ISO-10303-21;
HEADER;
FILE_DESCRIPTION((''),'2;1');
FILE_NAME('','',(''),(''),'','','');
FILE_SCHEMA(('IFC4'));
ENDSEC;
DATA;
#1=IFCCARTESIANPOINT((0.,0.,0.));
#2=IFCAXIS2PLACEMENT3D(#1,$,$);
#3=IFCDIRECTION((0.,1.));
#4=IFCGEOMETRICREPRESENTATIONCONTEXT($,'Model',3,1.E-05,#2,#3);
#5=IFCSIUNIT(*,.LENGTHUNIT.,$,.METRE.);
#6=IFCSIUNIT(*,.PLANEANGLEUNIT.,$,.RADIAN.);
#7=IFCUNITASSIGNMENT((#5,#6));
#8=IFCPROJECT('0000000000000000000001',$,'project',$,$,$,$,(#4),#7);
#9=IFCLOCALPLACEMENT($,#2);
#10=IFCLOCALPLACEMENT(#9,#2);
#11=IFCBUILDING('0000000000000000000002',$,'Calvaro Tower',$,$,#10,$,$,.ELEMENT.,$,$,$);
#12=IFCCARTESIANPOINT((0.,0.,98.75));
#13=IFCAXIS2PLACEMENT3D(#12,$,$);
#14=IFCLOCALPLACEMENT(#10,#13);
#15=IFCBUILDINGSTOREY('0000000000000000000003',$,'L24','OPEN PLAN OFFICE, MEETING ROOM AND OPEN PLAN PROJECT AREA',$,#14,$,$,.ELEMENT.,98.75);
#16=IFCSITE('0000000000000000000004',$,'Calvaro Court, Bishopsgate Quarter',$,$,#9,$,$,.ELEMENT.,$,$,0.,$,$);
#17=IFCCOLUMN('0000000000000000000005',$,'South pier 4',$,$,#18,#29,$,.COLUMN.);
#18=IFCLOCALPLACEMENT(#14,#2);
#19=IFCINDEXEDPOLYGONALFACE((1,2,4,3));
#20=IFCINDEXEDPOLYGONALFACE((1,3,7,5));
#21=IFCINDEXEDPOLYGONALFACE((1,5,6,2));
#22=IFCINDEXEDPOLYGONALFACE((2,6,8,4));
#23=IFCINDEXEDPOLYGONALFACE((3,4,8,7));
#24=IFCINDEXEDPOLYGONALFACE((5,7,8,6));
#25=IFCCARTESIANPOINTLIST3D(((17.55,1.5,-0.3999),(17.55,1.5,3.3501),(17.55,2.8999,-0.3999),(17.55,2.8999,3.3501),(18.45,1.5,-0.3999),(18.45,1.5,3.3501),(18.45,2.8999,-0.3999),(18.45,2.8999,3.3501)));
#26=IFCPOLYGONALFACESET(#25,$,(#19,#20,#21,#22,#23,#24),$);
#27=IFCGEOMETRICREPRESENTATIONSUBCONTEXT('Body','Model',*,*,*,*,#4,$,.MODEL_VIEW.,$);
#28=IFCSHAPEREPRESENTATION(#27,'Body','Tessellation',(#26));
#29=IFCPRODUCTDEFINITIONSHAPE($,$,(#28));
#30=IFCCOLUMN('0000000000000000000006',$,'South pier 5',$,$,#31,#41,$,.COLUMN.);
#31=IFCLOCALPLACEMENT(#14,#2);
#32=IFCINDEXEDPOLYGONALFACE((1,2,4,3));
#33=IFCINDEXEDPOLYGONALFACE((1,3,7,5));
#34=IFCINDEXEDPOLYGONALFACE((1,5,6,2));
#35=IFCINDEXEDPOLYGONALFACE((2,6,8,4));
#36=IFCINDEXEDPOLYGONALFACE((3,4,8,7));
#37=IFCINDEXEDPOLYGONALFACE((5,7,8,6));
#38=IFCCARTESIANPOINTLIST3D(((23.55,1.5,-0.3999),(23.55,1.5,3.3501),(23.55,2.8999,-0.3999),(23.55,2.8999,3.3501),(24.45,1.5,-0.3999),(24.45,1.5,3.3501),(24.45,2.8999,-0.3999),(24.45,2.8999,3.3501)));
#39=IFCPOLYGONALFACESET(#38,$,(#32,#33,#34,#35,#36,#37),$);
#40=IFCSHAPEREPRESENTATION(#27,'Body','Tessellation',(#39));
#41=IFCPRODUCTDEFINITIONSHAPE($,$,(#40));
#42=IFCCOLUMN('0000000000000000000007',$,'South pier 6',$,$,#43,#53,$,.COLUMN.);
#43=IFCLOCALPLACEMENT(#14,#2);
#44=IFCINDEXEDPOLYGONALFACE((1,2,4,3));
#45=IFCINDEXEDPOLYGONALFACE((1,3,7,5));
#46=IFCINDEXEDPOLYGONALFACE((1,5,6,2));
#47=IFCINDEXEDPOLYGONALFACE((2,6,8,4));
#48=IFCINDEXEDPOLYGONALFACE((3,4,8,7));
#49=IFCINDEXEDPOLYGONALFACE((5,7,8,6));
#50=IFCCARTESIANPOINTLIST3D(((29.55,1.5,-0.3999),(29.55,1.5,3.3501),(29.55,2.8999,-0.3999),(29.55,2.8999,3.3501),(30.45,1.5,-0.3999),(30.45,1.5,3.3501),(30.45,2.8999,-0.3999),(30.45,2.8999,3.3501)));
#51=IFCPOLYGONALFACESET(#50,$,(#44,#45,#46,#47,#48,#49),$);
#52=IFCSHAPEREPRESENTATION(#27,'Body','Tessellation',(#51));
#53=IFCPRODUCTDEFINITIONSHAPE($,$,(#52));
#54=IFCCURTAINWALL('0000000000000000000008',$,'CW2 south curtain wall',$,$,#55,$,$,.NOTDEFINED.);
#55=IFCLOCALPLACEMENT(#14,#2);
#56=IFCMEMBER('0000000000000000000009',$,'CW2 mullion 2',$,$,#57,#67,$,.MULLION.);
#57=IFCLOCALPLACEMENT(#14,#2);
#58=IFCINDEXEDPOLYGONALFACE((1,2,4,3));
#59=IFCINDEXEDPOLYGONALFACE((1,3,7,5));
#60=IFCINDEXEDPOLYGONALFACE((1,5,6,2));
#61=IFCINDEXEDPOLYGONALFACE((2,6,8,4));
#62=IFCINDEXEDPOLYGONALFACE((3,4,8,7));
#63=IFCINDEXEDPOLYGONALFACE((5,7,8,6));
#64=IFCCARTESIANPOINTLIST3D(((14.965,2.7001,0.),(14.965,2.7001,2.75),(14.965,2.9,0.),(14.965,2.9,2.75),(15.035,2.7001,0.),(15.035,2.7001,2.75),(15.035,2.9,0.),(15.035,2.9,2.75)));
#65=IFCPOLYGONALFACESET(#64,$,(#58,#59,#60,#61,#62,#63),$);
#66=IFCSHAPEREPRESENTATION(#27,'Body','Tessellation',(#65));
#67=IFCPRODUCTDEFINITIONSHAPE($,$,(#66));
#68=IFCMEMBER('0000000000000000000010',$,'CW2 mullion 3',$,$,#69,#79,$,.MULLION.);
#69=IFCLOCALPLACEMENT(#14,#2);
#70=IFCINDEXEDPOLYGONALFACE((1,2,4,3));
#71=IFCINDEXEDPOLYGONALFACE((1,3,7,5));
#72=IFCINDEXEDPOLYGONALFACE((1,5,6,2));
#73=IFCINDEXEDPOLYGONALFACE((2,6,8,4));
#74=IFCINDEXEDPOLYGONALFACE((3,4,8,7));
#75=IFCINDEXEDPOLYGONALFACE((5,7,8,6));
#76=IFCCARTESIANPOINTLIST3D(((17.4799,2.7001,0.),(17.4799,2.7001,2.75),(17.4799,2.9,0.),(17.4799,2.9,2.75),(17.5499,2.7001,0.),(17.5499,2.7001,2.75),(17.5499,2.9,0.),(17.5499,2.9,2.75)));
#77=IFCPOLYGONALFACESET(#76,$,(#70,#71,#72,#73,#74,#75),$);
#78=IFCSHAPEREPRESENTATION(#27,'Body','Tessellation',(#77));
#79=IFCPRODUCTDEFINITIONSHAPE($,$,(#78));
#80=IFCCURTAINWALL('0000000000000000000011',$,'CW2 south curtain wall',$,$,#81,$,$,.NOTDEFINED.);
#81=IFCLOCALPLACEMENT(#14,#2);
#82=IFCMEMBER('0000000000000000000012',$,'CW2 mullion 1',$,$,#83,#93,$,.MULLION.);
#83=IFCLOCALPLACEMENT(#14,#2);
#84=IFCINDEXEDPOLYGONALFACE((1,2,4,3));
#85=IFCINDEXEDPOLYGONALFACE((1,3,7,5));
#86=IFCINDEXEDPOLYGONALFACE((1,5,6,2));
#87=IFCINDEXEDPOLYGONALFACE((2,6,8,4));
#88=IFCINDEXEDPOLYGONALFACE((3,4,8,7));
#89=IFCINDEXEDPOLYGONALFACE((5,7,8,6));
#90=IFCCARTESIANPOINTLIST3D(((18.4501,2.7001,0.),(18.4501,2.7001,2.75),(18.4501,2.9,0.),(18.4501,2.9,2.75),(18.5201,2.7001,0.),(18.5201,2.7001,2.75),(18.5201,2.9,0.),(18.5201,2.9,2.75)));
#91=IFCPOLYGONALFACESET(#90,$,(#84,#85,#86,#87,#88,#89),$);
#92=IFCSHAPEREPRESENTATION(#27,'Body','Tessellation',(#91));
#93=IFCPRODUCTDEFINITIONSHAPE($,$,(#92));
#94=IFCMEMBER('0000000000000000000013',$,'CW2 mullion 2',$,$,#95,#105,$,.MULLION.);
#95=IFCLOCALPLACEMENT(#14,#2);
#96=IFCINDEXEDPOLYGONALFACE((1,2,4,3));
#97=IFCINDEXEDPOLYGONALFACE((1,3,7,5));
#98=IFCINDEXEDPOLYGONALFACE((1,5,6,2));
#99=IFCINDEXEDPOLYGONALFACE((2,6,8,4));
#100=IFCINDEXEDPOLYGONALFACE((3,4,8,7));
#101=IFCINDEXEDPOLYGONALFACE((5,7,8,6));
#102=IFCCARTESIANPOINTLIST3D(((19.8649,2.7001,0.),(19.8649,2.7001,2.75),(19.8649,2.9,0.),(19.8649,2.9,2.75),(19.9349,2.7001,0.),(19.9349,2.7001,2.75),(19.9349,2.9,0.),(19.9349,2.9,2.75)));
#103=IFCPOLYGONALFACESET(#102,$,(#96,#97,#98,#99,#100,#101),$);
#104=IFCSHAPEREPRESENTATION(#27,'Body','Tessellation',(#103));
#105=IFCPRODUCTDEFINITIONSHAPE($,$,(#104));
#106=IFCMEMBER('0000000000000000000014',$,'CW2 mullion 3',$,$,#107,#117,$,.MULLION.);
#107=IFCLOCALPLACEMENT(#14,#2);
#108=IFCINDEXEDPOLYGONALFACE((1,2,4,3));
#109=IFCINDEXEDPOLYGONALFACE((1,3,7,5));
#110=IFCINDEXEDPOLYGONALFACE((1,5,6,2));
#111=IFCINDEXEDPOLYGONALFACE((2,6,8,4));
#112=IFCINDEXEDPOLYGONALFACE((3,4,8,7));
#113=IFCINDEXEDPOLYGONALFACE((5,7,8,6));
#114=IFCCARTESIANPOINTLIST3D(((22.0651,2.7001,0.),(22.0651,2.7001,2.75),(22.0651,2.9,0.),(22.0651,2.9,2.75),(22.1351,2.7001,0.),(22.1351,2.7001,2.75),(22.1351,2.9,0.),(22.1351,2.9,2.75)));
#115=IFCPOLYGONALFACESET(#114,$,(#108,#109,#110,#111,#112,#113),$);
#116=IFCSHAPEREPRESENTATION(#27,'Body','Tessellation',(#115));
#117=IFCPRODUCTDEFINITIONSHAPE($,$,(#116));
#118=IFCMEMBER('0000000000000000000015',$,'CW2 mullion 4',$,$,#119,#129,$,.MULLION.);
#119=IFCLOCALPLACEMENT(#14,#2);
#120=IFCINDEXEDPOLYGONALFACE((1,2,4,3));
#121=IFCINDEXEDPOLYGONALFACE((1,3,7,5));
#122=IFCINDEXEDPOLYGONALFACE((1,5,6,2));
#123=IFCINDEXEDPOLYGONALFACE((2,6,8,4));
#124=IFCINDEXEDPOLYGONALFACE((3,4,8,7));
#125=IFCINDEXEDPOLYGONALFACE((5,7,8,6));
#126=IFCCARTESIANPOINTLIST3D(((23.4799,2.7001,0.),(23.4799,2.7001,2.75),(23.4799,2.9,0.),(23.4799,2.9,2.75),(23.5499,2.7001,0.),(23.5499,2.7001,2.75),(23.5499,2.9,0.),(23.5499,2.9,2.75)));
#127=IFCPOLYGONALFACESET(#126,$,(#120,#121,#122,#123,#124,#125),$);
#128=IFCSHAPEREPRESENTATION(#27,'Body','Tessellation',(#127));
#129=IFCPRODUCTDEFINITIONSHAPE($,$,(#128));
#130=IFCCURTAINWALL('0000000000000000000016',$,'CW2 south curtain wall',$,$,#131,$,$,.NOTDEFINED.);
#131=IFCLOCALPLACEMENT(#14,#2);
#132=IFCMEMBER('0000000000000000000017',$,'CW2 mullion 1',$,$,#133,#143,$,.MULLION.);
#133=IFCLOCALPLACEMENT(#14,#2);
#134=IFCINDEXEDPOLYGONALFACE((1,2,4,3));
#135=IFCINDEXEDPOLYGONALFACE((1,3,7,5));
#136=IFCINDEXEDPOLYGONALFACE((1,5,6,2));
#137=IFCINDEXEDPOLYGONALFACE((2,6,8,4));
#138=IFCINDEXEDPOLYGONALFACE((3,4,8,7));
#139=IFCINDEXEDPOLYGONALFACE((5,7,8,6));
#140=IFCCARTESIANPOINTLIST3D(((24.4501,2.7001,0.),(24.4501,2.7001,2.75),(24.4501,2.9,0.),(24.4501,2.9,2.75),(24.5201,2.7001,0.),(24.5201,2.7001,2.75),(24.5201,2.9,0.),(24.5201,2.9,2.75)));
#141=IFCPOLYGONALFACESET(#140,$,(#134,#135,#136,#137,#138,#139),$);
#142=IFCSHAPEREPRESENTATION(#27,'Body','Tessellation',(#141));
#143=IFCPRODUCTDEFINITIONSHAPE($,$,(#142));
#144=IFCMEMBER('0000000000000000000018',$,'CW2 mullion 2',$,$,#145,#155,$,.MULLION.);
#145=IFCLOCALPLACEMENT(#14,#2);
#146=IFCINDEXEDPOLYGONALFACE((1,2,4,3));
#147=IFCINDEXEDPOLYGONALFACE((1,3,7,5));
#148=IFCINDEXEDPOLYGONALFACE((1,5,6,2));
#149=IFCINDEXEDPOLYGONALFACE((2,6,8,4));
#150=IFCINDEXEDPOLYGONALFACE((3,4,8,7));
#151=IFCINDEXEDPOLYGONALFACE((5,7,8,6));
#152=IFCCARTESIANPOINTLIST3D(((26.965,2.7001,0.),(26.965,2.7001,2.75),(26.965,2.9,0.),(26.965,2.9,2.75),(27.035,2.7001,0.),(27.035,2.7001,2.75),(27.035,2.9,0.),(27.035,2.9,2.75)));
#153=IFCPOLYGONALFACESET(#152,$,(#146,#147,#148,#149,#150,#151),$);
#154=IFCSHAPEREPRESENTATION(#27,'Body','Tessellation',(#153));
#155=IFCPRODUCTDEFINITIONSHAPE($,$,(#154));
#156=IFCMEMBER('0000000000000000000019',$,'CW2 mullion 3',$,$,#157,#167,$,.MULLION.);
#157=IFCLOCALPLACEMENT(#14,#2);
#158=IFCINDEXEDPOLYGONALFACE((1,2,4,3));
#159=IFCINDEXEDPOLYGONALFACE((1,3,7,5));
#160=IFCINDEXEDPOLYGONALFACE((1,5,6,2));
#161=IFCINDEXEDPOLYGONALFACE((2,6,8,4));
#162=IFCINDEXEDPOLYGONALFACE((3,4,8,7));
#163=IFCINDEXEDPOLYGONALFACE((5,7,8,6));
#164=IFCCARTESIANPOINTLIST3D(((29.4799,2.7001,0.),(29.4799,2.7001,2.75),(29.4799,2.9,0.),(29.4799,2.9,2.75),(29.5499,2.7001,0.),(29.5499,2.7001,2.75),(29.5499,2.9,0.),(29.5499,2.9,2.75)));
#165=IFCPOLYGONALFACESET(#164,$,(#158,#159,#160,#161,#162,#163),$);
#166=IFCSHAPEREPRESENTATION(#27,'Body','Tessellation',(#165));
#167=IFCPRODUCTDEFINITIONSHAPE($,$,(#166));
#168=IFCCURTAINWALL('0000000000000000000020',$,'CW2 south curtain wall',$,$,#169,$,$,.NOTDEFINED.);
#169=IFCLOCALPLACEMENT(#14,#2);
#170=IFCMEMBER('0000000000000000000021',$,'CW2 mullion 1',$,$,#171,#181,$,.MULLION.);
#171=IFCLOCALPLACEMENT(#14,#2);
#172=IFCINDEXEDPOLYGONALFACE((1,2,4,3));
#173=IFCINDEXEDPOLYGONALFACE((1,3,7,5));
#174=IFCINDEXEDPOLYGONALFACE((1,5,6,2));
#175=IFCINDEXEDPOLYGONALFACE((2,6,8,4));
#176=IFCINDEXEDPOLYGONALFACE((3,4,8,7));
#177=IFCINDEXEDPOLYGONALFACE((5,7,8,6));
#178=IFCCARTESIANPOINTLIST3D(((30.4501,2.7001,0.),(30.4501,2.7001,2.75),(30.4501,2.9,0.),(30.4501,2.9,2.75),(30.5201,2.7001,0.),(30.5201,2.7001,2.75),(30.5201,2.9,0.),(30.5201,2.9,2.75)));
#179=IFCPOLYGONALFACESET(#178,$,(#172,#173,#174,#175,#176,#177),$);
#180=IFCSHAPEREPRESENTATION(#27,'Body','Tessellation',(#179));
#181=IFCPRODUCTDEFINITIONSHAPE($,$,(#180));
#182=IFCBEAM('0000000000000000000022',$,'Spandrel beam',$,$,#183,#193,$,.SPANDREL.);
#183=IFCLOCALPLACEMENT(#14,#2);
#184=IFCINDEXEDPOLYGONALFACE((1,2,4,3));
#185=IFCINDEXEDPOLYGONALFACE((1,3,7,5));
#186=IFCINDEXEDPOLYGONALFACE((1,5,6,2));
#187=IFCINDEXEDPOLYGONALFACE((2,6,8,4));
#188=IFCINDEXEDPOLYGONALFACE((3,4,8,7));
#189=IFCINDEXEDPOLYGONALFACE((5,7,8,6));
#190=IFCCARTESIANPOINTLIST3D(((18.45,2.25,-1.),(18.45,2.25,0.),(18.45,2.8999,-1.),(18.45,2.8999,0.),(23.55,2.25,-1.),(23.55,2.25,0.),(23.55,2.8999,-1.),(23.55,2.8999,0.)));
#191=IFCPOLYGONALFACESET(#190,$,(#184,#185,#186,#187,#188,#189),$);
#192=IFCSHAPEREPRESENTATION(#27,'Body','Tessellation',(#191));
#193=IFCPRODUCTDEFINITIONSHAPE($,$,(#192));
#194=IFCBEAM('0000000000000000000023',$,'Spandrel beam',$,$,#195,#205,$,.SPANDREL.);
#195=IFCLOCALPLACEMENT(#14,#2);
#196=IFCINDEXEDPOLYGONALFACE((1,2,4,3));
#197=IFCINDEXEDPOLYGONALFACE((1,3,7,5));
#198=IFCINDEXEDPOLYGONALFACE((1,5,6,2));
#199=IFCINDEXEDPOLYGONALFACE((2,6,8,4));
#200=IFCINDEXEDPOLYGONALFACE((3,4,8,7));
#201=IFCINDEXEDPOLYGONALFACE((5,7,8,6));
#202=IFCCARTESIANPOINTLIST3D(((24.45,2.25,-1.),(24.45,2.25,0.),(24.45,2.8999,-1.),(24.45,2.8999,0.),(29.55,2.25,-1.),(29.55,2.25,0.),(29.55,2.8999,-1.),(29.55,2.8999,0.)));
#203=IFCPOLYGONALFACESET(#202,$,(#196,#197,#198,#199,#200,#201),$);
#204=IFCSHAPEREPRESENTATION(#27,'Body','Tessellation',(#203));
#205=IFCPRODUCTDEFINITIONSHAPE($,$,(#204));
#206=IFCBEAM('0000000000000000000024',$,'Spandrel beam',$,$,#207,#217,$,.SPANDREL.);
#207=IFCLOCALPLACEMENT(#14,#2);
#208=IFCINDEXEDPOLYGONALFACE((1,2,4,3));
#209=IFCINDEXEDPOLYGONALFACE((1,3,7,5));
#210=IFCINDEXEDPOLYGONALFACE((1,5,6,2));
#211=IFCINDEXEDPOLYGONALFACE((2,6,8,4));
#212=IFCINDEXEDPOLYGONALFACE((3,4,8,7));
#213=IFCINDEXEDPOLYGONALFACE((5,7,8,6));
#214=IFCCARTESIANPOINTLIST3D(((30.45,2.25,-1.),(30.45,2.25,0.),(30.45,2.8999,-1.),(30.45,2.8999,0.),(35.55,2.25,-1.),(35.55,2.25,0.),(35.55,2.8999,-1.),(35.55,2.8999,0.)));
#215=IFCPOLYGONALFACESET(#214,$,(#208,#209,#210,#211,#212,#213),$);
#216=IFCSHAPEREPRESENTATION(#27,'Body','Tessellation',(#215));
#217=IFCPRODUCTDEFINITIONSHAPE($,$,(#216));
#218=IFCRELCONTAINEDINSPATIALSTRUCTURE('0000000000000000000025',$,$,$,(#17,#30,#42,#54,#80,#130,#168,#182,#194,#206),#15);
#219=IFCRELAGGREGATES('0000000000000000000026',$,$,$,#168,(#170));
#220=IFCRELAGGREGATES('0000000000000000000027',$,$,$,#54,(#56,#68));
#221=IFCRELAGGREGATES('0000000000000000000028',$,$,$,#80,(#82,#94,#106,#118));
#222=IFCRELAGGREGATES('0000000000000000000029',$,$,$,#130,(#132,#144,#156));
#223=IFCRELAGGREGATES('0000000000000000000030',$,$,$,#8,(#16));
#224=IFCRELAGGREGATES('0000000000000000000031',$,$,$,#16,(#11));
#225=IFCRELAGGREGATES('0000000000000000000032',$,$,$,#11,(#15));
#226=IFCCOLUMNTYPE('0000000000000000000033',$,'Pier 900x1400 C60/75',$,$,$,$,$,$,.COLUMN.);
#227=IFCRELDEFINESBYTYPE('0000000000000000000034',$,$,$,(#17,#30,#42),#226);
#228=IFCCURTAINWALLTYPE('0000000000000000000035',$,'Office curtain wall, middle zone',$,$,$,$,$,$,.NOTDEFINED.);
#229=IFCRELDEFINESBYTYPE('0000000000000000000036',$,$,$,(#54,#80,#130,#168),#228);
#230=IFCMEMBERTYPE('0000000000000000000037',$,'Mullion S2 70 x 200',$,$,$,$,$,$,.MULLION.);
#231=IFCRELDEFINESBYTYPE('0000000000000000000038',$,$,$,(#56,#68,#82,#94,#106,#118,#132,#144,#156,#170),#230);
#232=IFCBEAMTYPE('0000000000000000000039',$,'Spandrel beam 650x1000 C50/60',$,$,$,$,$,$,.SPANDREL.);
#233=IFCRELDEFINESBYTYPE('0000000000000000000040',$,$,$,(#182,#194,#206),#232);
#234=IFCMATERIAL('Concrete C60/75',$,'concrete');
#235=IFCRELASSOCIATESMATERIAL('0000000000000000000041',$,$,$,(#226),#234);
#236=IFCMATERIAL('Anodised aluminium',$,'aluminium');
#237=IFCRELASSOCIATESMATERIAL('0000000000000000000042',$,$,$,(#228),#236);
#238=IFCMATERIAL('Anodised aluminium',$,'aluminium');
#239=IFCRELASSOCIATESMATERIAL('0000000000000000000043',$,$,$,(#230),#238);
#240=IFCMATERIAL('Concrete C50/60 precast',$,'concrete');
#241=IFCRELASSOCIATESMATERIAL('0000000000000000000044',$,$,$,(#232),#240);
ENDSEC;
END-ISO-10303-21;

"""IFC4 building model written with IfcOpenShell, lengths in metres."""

from ifc_helpers import new_model, si_unit, direction, frame, origin, origin_2d, place, context, subcontext, project, spatial, rectangle, extrude, material, material_profile, profile_set, type_object, element, aggregate, save


model = new_model("IFC4")

# Units and contexts
model_context = context("Model", 3, precision=1e-05, world=origin(), true_north=direction((0.0, 1.0)))
body_context = subcontext(model_context, "Body", "Model", "MODEL_VIEW")
ifc_project = project(units=[si_unit("LENGTHUNIT", "METRE"), si_unit("PLANEANGLEUNIT", "RADIAN")], contexts=[model_context])

# Site, building, storey
site_placement = place(None, origin())
site = spatial("IfcSite", under=ifc_project, at=site_placement, Name="Calvaro Court, Bishopsgate Quarter", CompositionType="ELEMENT", RefElevation=0.0)
building_placement = place(site_placement, origin())
building = spatial("IfcBuilding", under=site, at=building_placement, Name="Calvaro Tower", CompositionType="ELEMENT")
storey_placement = place(building_placement, frame((0.0, 0.0, 98.75)))
storey = spatial("IfcBuildingStorey", under=building, at=storey_placement, Name="L24", Description="OPEN PLAN OFFICE, MEETING ROOM AND OPEN PLAN PROJECT AREA", CompositionType="ELEMENT", Elevation=98.75)

# Columns
ifc_material_1 = material(Name="Concrete C60/75", Category="concrete")
ifc_material_profile_1 = material_profile(ifc_material_1, rectangle(XDim=0.8999, YDim=1.3999, at=origin_2d()), Name="RC 900x1400")
ifc_profile_set_1 = profile_set([ifc_material_profile_1], Name="Concrete C60/75")
column_type = type_object("IfcColumnType", Name="Pier 900x1400 C60/75", PredefinedType="COLUMN", material=ifc_profile_set_1)
for number, where, z_axis, x_axis, name in (
    (1, (18.0, 2.2, -0.3999), (0.0, 0.0, 1.0), (1.0, 0.0, 0.0), "South pier 4"),
    (2, (24.0, 2.2, -0.3999), (0.0, 0.0, 1.0), (1.0, 0.0, 0.0), "South pier 5"),
    (3, (30.0, 2.2, -0.3999), (0.0, 0.0, 1.0), (1.0, 0.0, 0.0), "South pier 6"),
):
    element("IfcColumn", number, at=place(storey_placement, frame(where, z_axis=z_axis, x_axis=x_axis)), inside=storey, type_object=column_type, Name=name, PredefinedType="COLUMN", context=body_context, shape_type="SweptSolid", body=[
        extrude(rectangle(XDim=0.8999, YDim=1.3999, at=origin_2d()), origin(), (0.0, 0.0, 1.0), 3.75),
    ])

# Curtain walls, members
ifc_material_2 = material(Name="Anodised aluminium", Category="aluminium")
curtain_wall_type = type_object("IfcCurtainWallType", Name="Office curtain wall, middle zone", PredefinedType="NOTDEFINED", material=ifc_material_2)
curtain_wall_1_placement = place(storey_placement, origin())
curtain_wall_1 = element("IfcCurtainWall", 4, at=curtain_wall_1_placement, inside=storey, type_object=curtain_wall_type, Name="CW2 south curtain wall", PredefinedType="NOTDEFINED")
ifc_material_3 = material(Name="Anodised aluminium", Category="aluminium")
ifc_material_profile_2 = material_profile(ifc_material_3, rectangle(XDim=0.2, YDim=0.0701, at=origin_2d()), Name="Mullion S2 70 x 200")
ifc_profile_set_2 = profile_set([ifc_material_profile_2], Name="Anodised aluminium")
member_type_1 = type_object("IfcMemberType", Name="Mullion S2 70 x 200", PredefinedType="MULLION", material=ifc_profile_set_2)
member_1_placement = place(storey_placement, frame((15.0, 2.8, 0.0), z_axis=(0.0, 0.0, 1.0), x_axis=(0.0, 1.0, 0.0)))
member_1 = element("IfcMember", 5, at=member_1_placement, type_object=member_type_1, Name="CW2 mullion 2", PredefinedType="MULLION", context=body_context, shape_type="SweptSolid", body=[
    extrude(rectangle(XDim=0.2, YDim=0.0701, at=origin_2d()), origin(), (0.0, 0.0, 1.0), 2.75),
])
member_2_placement = place(storey_placement, frame((17.5149, 2.8, 0.0), z_axis=(0.0, 0.0, 1.0), x_axis=(0.0, 1.0, 0.0)))
member_2 = element("IfcMember", 6, at=member_2_placement, type_object=member_type_1, Name="CW2 mullion 3", PredefinedType="MULLION", context=body_context, shape_type="SweptSolid", body=[
    extrude(rectangle(XDim=0.2, YDim=0.0701, at=origin_2d()), origin(), (0.0, 0.0, 1.0), 2.75),
])
curtain_wall_2_placement = place(storey_placement, origin())
curtain_wall_2 = element("IfcCurtainWall", 7, at=curtain_wall_2_placement, inside=storey, type_object=curtain_wall_type, Name="CW2 south curtain wall", PredefinedType="NOTDEFINED")
member_3_placement = place(storey_placement, frame((18.4851, 2.8, 0.0), z_axis=(0.0, 0.0, 1.0), x_axis=(0.0, 1.0, 0.0)))
member_3 = element("IfcMember", 8, at=member_3_placement, type_object=member_type_1, Name="CW2 mullion 1", PredefinedType="MULLION", context=body_context, shape_type="SweptSolid", body=[
    extrude(rectangle(XDim=0.2, YDim=0.0701, at=origin_2d()), origin(), (0.0, 0.0, 1.0), 2.75),
])
member_4_placement = place(storey_placement, frame((19.8999, 2.8, 0.0), z_axis=(0.0, 0.0, 1.0), x_axis=(0.0, 1.0, 0.0)))
member_4 = element("IfcMember", 9, at=member_4_placement, type_object=member_type_1, Name="CW2 mullion 2", PredefinedType="MULLION", context=body_context, shape_type="SweptSolid", body=[
    extrude(rectangle(XDim=0.2, YDim=0.0701, at=origin_2d()), origin(), (0.0, 0.0, 1.0), 2.75),
])
member_5_placement = place(storey_placement, frame((22.1001, 2.8, 0.0), z_axis=(0.0, 0.0, 1.0), x_axis=(0.0, 1.0, 0.0)))
member_5 = element("IfcMember", 10, at=member_5_placement, type_object=member_type_1, Name="CW2 mullion 3", PredefinedType="MULLION", context=body_context, shape_type="SweptSolid", body=[
    extrude(rectangle(XDim=0.2, YDim=0.0701, at=origin_2d()), origin(), (0.0, 0.0, 1.0), 2.75),
])
member_6_placement = place(storey_placement, frame((23.5149, 2.8, 0.0), z_axis=(0.0, 0.0, 1.0), x_axis=(0.0, 1.0, 0.0)))
member_6 = element("IfcMember", 11, at=member_6_placement, type_object=member_type_1, Name="CW2 mullion 4", PredefinedType="MULLION", context=body_context, shape_type="SweptSolid", body=[
    extrude(rectangle(XDim=0.2, YDim=0.0701, at=origin_2d()), origin(), (0.0, 0.0, 1.0), 2.75),
])
curtain_wall_3_placement = place(storey_placement, origin())
curtain_wall_3 = element("IfcCurtainWall", 12, at=curtain_wall_3_placement, inside=storey, type_object=curtain_wall_type, Name="CW2 south curtain wall", PredefinedType="NOTDEFINED")
member_7_placement = place(storey_placement, frame((24.4851, 2.8, 0.0), z_axis=(0.0, 0.0, 1.0), x_axis=(0.0, 1.0, 0.0)))
member_7 = element("IfcMember", 13, at=member_7_placement, type_object=member_type_1, Name="CW2 mullion 1", PredefinedType="MULLION", context=body_context, shape_type="SweptSolid", body=[
    extrude(rectangle(XDim=0.2, YDim=0.0701, at=origin_2d()), origin(), (0.0, 0.0, 1.0), 2.75),
])
member_8_placement = place(storey_placement, frame((27.0, 2.8, 0.0), z_axis=(0.0, 0.0, 1.0), x_axis=(0.0, 1.0, 0.0)))
member_8 = element("IfcMember", 14, at=member_8_placement, type_object=member_type_1, Name="CW2 mullion 2", PredefinedType="MULLION", context=body_context, shape_type="SweptSolid", body=[
    extrude(rectangle(XDim=0.2, YDim=0.0701, at=origin_2d()), origin(), (0.0, 0.0, 1.0), 2.75),
])
member_9_placement = place(storey_placement, frame((29.5149, 2.8, 0.0), z_axis=(0.0, 0.0, 1.0), x_axis=(0.0, 1.0, 0.0)))
member_9 = element("IfcMember", 15, at=member_9_placement, type_object=member_type_1, Name="CW2 mullion 3", PredefinedType="MULLION", context=body_context, shape_type="SweptSolid", body=[
    extrude(rectangle(XDim=0.2, YDim=0.0701, at=origin_2d()), origin(), (0.0, 0.0, 1.0), 2.75),
])

# Curtain wall, member
curtain_wall_4_placement = place(storey_placement, origin())
curtain_wall_4 = element("IfcCurtainWall", 16, at=curtain_wall_4_placement, inside=storey, type_object=curtain_wall_type, Name="CW2 south curtain wall", PredefinedType="NOTDEFINED")
member_10_placement = place(storey_placement, frame((30.4851, 2.8, 0.0), z_axis=(0.0, 0.0, 1.0), x_axis=(0.0, 1.0, 0.0)))
member_10 = element("IfcMember", 17, at=member_10_placement, type_object=member_type_1, Name="CW2 mullion 1", PredefinedType="MULLION", context=body_context, shape_type="SweptSolid", body=[
    extrude(rectangle(XDim=0.2, YDim=0.0701, at=origin_2d()), origin(), (0.0, 0.0, 1.0), 2.75),
])

# Beams
ifc_material_4 = material(Name="Concrete C50/60 precast", Category="concrete")
ifc_material_profile_3 = material_profile(ifc_material_4, rectangle(XDim=0.6499, YDim=1.0, at=origin_2d()), Name="RC 650x1000")
ifc_profile_set_3 = profile_set([ifc_material_profile_3], Name="Concrete C50/60 precast")
beam_type = type_object("IfcBeamType", Name="Spandrel beam 650x1000 C50/60", PredefinedType="SPANDREL", material=ifc_profile_set_3)
for number, where, z_axis, x_axis, name in (
    (18, (18.45, 2.575, -0.5), (1.0, 0.0, 0.0), (0.0, 1.0, 0.0), "Spandrel beam"),
    (19, (24.45, 2.575, -0.5), (1.0, 0.0, 0.0), (0.0, 1.0, 0.0), "Spandrel beam"),
    (20, (30.45, 2.575, -0.5), (1.0, 0.0, 0.0), (0.0, 1.0, 0.0), "Spandrel beam"),
):
    element("IfcBeam", number, at=place(storey_placement, frame(where, z_axis=z_axis, x_axis=x_axis)), inside=storey, type_object=beam_type, Name=name, PredefinedType="SPANDREL", context=body_context, shape_type="SweptSolid", body=[
        extrude(rectangle(XDim=0.6499, YDim=1.0, at=origin_2d()), origin(), (0.0, 0.0, 1.0), 5.1001),
    ])

aggregate(curtain_wall_4, [member_10])

aggregate(curtain_wall_1, [member_1, member_2])
aggregate(curtain_wall_2, [member_3, member_4, member_5, member_6])
aggregate(curtain_wall_3, [member_7, member_8, member_9])

save(model, "model.ifc")
